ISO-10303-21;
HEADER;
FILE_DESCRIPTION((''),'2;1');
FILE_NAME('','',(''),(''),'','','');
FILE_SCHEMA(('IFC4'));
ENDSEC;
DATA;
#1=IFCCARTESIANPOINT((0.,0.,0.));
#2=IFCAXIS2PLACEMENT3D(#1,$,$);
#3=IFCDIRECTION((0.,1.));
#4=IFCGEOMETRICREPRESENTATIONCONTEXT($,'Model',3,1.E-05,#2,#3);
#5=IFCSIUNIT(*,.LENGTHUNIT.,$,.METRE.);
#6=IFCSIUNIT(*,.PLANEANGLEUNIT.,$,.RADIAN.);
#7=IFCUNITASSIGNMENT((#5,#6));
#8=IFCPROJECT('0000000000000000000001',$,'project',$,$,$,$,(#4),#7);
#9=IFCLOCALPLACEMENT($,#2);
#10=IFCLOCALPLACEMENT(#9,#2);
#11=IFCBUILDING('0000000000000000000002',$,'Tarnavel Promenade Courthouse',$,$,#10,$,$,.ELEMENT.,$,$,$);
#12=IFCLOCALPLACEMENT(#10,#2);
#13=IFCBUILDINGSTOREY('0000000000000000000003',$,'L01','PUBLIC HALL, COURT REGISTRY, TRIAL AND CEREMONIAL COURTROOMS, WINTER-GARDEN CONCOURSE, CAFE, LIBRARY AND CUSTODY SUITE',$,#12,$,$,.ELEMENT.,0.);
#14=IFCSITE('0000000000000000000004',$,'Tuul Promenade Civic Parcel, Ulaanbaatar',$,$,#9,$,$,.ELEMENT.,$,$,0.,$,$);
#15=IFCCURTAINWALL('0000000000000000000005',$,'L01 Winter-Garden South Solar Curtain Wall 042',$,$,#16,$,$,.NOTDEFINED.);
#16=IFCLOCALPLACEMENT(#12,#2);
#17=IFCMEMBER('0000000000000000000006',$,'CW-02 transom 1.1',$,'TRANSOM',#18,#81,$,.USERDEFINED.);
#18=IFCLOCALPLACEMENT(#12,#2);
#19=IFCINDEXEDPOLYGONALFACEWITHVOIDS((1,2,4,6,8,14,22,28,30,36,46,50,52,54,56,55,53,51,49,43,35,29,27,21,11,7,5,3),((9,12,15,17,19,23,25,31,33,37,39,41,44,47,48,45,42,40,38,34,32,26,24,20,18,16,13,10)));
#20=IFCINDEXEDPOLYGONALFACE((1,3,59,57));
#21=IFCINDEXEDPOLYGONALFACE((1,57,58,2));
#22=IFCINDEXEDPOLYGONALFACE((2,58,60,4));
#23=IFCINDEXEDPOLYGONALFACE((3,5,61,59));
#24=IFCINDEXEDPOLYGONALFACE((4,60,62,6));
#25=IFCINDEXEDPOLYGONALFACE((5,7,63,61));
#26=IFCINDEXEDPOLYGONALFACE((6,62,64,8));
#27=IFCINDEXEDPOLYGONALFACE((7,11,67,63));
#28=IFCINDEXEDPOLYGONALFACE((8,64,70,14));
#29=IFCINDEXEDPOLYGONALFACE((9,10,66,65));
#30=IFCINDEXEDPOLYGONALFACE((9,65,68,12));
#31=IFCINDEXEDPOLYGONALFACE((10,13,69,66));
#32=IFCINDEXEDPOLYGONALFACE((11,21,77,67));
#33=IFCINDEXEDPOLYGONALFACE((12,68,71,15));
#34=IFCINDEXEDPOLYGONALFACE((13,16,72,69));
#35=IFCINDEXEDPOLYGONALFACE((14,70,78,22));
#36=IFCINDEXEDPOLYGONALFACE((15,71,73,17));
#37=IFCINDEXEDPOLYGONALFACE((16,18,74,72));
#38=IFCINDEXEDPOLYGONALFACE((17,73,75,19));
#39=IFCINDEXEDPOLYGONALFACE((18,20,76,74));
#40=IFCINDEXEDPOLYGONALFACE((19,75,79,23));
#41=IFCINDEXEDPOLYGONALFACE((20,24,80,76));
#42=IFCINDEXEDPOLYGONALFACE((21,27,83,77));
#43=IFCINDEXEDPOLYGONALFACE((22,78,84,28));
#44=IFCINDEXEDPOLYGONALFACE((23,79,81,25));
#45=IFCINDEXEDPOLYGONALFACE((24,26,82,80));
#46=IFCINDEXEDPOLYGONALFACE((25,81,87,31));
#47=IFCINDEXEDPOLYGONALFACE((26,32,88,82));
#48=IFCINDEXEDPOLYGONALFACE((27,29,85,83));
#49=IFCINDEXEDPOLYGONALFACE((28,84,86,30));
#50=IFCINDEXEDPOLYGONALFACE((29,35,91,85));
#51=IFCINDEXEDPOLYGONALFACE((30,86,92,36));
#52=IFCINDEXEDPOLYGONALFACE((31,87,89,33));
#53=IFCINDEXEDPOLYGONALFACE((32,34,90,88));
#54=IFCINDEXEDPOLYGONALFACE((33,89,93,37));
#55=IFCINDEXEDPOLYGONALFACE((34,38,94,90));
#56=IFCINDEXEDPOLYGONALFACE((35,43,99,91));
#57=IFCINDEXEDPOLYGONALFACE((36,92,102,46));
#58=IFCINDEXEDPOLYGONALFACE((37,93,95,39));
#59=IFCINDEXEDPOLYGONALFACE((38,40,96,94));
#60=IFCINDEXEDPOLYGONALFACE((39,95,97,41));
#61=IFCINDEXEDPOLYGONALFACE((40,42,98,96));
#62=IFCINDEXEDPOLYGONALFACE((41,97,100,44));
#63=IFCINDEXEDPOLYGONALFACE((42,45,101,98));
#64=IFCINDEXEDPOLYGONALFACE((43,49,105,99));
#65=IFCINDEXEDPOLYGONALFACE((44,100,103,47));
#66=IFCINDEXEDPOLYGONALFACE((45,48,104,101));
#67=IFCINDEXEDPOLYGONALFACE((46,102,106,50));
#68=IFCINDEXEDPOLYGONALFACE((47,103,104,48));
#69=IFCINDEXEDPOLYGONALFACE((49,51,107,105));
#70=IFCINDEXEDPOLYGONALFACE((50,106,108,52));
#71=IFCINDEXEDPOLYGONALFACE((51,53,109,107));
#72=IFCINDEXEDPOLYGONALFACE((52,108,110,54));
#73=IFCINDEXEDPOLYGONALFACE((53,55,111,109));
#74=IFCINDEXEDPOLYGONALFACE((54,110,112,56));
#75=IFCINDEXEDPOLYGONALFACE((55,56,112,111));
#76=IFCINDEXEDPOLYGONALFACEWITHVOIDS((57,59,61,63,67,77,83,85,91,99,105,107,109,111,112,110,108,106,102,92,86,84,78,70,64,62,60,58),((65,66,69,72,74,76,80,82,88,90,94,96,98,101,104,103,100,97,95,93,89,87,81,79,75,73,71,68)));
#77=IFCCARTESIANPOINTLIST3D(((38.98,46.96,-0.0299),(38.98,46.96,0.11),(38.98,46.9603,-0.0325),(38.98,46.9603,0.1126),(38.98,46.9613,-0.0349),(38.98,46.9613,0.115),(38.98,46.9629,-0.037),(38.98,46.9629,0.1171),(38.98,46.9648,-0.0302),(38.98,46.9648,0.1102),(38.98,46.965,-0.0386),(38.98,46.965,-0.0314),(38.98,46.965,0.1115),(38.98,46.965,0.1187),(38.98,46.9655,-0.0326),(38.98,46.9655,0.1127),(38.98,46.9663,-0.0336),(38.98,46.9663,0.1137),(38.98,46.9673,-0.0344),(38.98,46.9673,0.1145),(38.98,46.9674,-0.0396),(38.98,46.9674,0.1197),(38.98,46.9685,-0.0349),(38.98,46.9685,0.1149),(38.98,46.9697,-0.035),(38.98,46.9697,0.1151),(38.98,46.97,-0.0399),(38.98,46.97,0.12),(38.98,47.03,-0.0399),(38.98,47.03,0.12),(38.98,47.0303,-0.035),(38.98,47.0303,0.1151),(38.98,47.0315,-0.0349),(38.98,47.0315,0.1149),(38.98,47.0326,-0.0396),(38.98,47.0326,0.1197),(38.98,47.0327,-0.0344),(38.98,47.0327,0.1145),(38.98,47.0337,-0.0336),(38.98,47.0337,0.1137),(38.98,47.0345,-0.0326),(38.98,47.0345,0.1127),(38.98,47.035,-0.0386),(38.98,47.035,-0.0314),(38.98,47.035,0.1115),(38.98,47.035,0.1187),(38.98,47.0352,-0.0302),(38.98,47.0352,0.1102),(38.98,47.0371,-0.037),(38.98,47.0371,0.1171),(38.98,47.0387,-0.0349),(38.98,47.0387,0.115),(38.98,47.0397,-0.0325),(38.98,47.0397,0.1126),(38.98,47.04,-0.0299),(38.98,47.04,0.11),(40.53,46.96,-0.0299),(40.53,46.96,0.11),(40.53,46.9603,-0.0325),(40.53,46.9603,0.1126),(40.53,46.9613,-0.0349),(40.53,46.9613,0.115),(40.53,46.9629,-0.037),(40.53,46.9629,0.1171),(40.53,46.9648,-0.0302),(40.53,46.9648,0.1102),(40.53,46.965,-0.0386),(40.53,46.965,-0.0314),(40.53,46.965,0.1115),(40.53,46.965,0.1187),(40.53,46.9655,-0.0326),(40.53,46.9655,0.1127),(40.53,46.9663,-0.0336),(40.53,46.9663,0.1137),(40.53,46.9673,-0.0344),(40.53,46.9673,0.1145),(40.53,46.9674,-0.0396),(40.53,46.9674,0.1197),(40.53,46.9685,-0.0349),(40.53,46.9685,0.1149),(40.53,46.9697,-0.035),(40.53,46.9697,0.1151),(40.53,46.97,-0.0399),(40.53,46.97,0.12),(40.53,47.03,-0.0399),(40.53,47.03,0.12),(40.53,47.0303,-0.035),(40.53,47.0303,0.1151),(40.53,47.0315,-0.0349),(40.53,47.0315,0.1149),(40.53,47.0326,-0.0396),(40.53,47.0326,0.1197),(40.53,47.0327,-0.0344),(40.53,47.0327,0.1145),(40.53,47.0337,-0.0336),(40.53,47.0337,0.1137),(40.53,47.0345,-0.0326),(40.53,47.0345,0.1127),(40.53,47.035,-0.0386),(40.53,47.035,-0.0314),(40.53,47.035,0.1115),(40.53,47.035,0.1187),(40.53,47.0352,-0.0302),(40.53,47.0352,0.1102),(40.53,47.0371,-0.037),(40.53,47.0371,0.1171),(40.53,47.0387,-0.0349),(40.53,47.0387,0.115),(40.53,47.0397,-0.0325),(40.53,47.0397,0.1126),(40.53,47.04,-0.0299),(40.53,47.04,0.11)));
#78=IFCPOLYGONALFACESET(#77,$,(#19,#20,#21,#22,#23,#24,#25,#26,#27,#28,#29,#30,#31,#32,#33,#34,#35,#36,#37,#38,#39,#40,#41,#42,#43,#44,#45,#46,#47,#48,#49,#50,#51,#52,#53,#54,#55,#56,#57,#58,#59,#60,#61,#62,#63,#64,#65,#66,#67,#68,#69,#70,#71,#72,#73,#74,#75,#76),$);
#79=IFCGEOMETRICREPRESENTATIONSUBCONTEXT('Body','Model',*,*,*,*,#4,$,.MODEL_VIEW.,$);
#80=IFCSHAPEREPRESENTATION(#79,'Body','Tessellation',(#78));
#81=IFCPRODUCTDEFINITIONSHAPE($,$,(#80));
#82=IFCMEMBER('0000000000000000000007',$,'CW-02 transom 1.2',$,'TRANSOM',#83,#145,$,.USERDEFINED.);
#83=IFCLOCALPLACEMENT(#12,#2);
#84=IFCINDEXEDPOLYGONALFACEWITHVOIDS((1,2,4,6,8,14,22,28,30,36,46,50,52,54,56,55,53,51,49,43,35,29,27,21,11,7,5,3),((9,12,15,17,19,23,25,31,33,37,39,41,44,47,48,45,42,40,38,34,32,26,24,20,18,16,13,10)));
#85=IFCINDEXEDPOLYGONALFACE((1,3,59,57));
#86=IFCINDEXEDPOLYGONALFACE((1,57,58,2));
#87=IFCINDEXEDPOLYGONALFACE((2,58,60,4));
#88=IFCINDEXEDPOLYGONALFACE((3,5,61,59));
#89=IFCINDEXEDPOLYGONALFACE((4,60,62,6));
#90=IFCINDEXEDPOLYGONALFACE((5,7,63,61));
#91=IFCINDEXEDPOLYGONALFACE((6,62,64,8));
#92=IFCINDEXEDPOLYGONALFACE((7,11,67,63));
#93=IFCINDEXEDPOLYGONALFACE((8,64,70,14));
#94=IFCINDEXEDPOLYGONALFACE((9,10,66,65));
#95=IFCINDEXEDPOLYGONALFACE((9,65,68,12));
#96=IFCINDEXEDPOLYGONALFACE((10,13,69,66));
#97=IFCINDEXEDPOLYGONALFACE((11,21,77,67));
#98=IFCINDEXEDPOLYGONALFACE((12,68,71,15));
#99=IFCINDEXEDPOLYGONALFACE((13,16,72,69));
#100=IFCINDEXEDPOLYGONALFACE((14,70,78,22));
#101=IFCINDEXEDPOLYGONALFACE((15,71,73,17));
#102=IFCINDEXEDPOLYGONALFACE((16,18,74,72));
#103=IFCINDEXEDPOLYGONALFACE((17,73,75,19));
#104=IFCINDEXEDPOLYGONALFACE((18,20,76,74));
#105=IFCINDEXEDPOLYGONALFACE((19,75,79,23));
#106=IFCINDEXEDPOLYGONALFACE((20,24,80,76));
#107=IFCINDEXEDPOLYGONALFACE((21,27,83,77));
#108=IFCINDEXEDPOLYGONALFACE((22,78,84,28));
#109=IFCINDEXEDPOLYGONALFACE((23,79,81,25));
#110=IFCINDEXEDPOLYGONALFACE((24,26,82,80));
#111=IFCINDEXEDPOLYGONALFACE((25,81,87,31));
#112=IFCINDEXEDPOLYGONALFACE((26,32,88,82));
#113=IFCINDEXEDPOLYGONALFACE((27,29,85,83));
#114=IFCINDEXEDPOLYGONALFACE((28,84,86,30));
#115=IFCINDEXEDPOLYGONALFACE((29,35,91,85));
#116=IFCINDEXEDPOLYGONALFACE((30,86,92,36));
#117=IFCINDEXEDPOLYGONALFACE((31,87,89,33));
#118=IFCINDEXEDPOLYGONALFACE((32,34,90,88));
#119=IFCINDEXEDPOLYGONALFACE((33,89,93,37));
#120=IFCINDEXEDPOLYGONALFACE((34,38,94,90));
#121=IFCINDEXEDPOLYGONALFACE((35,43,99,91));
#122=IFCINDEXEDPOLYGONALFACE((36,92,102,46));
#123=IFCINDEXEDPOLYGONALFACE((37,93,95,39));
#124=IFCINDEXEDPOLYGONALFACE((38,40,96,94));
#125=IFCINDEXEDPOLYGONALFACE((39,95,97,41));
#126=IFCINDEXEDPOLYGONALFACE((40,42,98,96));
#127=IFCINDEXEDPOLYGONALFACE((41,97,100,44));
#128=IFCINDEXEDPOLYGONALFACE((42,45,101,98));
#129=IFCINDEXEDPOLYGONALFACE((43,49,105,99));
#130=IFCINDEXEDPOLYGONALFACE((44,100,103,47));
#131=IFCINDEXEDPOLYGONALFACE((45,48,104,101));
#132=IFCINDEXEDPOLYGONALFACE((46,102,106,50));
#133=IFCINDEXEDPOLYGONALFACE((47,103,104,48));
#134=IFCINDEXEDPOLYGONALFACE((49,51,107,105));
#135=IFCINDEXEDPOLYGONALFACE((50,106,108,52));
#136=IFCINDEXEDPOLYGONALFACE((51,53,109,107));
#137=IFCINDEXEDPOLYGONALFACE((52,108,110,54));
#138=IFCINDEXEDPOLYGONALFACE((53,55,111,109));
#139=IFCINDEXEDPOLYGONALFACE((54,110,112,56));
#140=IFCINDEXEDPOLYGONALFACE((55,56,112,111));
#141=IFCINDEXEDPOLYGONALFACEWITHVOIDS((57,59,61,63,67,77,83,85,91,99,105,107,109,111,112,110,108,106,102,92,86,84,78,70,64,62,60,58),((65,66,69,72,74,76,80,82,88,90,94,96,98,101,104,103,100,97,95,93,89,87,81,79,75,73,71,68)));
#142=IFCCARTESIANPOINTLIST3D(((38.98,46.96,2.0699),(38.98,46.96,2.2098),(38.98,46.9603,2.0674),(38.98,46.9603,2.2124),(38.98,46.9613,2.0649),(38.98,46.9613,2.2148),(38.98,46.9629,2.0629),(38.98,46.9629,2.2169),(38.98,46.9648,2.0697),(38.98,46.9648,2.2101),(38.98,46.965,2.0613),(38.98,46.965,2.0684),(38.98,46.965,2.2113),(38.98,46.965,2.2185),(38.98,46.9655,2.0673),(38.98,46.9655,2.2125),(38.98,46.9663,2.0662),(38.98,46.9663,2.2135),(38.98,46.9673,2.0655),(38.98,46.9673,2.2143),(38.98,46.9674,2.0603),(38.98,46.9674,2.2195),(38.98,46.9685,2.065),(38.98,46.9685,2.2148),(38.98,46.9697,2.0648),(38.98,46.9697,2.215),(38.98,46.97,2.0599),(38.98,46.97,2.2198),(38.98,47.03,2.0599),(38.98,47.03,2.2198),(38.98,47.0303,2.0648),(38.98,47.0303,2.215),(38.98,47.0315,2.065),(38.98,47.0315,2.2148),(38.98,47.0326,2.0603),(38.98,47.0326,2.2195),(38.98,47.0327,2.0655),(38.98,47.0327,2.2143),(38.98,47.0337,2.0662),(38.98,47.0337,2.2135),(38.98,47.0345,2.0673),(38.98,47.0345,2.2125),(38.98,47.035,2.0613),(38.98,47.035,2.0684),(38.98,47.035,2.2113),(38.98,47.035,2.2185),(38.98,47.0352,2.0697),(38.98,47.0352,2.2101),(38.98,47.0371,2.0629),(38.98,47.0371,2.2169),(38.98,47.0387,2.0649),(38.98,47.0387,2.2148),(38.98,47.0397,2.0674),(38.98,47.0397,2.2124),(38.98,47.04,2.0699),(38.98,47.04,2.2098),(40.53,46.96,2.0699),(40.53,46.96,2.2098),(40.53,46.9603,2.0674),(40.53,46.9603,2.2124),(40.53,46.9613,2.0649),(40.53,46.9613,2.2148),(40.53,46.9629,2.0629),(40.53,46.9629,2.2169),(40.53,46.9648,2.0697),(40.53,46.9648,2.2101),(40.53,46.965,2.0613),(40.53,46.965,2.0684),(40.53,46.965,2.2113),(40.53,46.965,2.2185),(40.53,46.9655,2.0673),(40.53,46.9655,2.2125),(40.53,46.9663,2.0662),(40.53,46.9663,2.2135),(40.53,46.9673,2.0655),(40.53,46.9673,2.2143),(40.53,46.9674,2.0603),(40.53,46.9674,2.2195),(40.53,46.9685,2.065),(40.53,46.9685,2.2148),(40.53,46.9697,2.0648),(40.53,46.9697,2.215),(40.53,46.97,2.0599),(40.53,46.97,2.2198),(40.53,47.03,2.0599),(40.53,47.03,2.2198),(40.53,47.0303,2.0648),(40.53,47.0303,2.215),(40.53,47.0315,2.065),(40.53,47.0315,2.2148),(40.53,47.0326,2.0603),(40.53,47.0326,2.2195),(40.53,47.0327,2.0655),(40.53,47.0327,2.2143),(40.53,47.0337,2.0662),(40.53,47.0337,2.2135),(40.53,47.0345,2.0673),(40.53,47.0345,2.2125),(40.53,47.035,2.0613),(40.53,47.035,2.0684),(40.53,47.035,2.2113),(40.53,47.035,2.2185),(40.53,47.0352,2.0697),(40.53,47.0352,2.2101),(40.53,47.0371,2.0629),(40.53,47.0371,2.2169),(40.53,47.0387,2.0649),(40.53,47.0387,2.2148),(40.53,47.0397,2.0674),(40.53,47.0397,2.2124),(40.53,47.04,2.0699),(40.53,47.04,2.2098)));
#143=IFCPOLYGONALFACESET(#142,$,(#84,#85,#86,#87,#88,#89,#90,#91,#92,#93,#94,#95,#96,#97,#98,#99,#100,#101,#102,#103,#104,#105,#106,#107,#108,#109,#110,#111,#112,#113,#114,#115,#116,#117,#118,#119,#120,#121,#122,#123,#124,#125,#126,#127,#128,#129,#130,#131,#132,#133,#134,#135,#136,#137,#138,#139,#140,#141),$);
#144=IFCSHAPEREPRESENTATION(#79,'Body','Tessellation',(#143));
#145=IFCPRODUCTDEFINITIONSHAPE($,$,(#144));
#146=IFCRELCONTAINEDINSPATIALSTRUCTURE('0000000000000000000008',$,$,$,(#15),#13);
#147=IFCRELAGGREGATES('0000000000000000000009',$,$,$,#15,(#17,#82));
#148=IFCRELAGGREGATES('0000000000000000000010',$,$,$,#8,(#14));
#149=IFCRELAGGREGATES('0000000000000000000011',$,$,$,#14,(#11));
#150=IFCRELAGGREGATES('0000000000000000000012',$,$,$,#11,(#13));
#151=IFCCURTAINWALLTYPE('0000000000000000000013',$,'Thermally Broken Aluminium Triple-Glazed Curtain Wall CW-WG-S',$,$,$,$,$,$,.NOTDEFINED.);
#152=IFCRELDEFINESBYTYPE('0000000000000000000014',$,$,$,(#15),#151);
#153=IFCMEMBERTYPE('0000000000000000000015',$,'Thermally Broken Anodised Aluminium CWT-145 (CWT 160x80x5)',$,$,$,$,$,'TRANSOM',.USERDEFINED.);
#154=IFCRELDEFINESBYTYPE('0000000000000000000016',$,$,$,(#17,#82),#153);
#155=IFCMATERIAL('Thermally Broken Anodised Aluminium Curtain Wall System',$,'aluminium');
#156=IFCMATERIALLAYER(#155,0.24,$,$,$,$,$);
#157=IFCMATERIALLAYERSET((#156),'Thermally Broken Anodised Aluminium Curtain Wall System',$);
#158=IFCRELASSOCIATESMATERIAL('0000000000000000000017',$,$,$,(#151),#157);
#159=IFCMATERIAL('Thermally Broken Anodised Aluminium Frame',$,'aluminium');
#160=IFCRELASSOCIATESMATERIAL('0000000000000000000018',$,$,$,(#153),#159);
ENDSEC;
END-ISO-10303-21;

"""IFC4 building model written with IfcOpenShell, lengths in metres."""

from ifc_helpers import new_model, si_unit, direction, frame, origin, origin_2d, place, context, subcontext, project, spatial, hollow_rectangle, extrude, material, layer, layer_set, material_profile, profile_set, type_object, element, aggregate, save


model = new_model("IFC4")

# Units and contexts
model_context = context("Model", 3, precision=1e-05, world=origin(), true_north=direction((0.0, 1.0)))
body_context = subcontext(model_context, "Body", "Model", "MODEL_VIEW")
ifc_project = project(units=[si_unit("LENGTHUNIT", "METRE"), si_unit("PLANEANGLEUNIT", "RADIAN")], contexts=[model_context])

# Site, building, storey
site_placement = place(None, origin())
site = spatial("IfcSite", under=ifc_project, at=site_placement, Name="Tuul Promenade Civic Parcel, Ulaanbaatar", CompositionType="ELEMENT", RefElevation=0.0)
building_placement = place(site_placement, origin())
building = spatial("IfcBuilding", under=site, at=building_placement, Name="Tarnavel Promenade Courthouse", CompositionType="ELEMENT")
storey_placement = place(building_placement, origin())
storey = spatial("IfcBuildingStorey", under=building, at=storey_placement, Name="L01", Description="PUBLIC HALL, COURT REGISTRY, TRIAL AND CEREMONIAL COURTROOMS, WINTER-GARDEN CONCOURSE, CAFE, LIBRARY AND CUSTODY SUITE", CompositionType="ELEMENT", Elevation=0.0)

# Curtain wall, members
ifc_material_1 = material(Name="Thermally Broken Anodised Aluminium Curtain Wall System", Category="aluminium")
ifc_layer_1 = layer(ifc_material_1, 0.24)
ifc_layer_set_1 = layer_set([ifc_layer_1], Name="Thermally Broken Anodised Aluminium Curtain Wall System")
curtain_wall_type = type_object("IfcCurtainWallType", Name="Thermally Broken Aluminium Triple-Glazed Curtain Wall CW-WG-S", PredefinedType="NOTDEFINED", material=ifc_layer_set_1)
curtain_wall_placement = place(storey_placement, origin())
curtain_wall = element("IfcCurtainWall", 1, at=curtain_wall_placement, inside=storey, type_object=curtain_wall_type, Name="L01 Winter-Garden South Solar Curtain Wall 042", PredefinedType="NOTDEFINED")
ifc_material_2 = material(Name="Thermally Broken Anodised Aluminium Frame", Category="aluminium")
ifc_material_profile_1 = material_profile(ifc_material_2, hollow_rectangle(XDim=0.0801, YDim=0.1599, WallThickness=0.0049, InnerFilletRadius=0.0049, OuterFilletRadius=0.01, at=origin_2d()), Name="CWT 160x80x5")
ifc_profile_set_1 = profile_set([ifc_material_profile_1], Name="Thermally Broken Anodised Aluminium Frame")
member_type_1 = type_object("IfcMemberType", Name="Thermally Broken Anodised Aluminium CWT-145 (CWT 160x80x5)", ElementType="TRANSOM", PredefinedType="USERDEFINED", material=ifc_profile_set_1)
member_1_placement = place(storey_placement, frame((38.98, 47.0, 0.04), z_axis=(1.0, 0.0, 0.0), x_axis=(0.0, 1.0, 0.0)))
member_1 = element("IfcMember", 2, at=member_1_placement, type_object=member_type_1, Name="CW-02 transom 1.1", ObjectType="TRANSOM", PredefinedType="USERDEFINED", context=body_context, shape_type="SweptSolid", body=[
    extrude(hollow_rectangle(XDim=0.0801, YDim=0.1599, WallThickness=0.0049, InnerFilletRadius=0.0049, OuterFilletRadius=0.01, at=origin_2d()), origin(), (0.0, 0.0, 1.0), 1.55),
])
member_2_placement = place(storey_placement, frame((38.98, 47.0, 2.1399), z_axis=(1.0, 0.0, 0.0), x_axis=(0.0, 1.0, 0.0)))
member_2 = element("IfcMember", 3, at=member_2_placement, type_object=member_type_1, Name="CW-02 transom 1.2", ObjectType="TRANSOM", PredefinedType="USERDEFINED", context=body_context, shape_type="SweptSolid", body=[
    extrude(hollow_rectangle(XDim=0.0801, YDim=0.1599, WallThickness=0.0049, InnerFilletRadius=0.0049, OuterFilletRadius=0.01, at=origin_2d()), origin(), (0.0, 0.0, 1.0), 1.55),
])
aggregate(curtain_wall, [member_1, member_2])

save(model, "model.ifc")
